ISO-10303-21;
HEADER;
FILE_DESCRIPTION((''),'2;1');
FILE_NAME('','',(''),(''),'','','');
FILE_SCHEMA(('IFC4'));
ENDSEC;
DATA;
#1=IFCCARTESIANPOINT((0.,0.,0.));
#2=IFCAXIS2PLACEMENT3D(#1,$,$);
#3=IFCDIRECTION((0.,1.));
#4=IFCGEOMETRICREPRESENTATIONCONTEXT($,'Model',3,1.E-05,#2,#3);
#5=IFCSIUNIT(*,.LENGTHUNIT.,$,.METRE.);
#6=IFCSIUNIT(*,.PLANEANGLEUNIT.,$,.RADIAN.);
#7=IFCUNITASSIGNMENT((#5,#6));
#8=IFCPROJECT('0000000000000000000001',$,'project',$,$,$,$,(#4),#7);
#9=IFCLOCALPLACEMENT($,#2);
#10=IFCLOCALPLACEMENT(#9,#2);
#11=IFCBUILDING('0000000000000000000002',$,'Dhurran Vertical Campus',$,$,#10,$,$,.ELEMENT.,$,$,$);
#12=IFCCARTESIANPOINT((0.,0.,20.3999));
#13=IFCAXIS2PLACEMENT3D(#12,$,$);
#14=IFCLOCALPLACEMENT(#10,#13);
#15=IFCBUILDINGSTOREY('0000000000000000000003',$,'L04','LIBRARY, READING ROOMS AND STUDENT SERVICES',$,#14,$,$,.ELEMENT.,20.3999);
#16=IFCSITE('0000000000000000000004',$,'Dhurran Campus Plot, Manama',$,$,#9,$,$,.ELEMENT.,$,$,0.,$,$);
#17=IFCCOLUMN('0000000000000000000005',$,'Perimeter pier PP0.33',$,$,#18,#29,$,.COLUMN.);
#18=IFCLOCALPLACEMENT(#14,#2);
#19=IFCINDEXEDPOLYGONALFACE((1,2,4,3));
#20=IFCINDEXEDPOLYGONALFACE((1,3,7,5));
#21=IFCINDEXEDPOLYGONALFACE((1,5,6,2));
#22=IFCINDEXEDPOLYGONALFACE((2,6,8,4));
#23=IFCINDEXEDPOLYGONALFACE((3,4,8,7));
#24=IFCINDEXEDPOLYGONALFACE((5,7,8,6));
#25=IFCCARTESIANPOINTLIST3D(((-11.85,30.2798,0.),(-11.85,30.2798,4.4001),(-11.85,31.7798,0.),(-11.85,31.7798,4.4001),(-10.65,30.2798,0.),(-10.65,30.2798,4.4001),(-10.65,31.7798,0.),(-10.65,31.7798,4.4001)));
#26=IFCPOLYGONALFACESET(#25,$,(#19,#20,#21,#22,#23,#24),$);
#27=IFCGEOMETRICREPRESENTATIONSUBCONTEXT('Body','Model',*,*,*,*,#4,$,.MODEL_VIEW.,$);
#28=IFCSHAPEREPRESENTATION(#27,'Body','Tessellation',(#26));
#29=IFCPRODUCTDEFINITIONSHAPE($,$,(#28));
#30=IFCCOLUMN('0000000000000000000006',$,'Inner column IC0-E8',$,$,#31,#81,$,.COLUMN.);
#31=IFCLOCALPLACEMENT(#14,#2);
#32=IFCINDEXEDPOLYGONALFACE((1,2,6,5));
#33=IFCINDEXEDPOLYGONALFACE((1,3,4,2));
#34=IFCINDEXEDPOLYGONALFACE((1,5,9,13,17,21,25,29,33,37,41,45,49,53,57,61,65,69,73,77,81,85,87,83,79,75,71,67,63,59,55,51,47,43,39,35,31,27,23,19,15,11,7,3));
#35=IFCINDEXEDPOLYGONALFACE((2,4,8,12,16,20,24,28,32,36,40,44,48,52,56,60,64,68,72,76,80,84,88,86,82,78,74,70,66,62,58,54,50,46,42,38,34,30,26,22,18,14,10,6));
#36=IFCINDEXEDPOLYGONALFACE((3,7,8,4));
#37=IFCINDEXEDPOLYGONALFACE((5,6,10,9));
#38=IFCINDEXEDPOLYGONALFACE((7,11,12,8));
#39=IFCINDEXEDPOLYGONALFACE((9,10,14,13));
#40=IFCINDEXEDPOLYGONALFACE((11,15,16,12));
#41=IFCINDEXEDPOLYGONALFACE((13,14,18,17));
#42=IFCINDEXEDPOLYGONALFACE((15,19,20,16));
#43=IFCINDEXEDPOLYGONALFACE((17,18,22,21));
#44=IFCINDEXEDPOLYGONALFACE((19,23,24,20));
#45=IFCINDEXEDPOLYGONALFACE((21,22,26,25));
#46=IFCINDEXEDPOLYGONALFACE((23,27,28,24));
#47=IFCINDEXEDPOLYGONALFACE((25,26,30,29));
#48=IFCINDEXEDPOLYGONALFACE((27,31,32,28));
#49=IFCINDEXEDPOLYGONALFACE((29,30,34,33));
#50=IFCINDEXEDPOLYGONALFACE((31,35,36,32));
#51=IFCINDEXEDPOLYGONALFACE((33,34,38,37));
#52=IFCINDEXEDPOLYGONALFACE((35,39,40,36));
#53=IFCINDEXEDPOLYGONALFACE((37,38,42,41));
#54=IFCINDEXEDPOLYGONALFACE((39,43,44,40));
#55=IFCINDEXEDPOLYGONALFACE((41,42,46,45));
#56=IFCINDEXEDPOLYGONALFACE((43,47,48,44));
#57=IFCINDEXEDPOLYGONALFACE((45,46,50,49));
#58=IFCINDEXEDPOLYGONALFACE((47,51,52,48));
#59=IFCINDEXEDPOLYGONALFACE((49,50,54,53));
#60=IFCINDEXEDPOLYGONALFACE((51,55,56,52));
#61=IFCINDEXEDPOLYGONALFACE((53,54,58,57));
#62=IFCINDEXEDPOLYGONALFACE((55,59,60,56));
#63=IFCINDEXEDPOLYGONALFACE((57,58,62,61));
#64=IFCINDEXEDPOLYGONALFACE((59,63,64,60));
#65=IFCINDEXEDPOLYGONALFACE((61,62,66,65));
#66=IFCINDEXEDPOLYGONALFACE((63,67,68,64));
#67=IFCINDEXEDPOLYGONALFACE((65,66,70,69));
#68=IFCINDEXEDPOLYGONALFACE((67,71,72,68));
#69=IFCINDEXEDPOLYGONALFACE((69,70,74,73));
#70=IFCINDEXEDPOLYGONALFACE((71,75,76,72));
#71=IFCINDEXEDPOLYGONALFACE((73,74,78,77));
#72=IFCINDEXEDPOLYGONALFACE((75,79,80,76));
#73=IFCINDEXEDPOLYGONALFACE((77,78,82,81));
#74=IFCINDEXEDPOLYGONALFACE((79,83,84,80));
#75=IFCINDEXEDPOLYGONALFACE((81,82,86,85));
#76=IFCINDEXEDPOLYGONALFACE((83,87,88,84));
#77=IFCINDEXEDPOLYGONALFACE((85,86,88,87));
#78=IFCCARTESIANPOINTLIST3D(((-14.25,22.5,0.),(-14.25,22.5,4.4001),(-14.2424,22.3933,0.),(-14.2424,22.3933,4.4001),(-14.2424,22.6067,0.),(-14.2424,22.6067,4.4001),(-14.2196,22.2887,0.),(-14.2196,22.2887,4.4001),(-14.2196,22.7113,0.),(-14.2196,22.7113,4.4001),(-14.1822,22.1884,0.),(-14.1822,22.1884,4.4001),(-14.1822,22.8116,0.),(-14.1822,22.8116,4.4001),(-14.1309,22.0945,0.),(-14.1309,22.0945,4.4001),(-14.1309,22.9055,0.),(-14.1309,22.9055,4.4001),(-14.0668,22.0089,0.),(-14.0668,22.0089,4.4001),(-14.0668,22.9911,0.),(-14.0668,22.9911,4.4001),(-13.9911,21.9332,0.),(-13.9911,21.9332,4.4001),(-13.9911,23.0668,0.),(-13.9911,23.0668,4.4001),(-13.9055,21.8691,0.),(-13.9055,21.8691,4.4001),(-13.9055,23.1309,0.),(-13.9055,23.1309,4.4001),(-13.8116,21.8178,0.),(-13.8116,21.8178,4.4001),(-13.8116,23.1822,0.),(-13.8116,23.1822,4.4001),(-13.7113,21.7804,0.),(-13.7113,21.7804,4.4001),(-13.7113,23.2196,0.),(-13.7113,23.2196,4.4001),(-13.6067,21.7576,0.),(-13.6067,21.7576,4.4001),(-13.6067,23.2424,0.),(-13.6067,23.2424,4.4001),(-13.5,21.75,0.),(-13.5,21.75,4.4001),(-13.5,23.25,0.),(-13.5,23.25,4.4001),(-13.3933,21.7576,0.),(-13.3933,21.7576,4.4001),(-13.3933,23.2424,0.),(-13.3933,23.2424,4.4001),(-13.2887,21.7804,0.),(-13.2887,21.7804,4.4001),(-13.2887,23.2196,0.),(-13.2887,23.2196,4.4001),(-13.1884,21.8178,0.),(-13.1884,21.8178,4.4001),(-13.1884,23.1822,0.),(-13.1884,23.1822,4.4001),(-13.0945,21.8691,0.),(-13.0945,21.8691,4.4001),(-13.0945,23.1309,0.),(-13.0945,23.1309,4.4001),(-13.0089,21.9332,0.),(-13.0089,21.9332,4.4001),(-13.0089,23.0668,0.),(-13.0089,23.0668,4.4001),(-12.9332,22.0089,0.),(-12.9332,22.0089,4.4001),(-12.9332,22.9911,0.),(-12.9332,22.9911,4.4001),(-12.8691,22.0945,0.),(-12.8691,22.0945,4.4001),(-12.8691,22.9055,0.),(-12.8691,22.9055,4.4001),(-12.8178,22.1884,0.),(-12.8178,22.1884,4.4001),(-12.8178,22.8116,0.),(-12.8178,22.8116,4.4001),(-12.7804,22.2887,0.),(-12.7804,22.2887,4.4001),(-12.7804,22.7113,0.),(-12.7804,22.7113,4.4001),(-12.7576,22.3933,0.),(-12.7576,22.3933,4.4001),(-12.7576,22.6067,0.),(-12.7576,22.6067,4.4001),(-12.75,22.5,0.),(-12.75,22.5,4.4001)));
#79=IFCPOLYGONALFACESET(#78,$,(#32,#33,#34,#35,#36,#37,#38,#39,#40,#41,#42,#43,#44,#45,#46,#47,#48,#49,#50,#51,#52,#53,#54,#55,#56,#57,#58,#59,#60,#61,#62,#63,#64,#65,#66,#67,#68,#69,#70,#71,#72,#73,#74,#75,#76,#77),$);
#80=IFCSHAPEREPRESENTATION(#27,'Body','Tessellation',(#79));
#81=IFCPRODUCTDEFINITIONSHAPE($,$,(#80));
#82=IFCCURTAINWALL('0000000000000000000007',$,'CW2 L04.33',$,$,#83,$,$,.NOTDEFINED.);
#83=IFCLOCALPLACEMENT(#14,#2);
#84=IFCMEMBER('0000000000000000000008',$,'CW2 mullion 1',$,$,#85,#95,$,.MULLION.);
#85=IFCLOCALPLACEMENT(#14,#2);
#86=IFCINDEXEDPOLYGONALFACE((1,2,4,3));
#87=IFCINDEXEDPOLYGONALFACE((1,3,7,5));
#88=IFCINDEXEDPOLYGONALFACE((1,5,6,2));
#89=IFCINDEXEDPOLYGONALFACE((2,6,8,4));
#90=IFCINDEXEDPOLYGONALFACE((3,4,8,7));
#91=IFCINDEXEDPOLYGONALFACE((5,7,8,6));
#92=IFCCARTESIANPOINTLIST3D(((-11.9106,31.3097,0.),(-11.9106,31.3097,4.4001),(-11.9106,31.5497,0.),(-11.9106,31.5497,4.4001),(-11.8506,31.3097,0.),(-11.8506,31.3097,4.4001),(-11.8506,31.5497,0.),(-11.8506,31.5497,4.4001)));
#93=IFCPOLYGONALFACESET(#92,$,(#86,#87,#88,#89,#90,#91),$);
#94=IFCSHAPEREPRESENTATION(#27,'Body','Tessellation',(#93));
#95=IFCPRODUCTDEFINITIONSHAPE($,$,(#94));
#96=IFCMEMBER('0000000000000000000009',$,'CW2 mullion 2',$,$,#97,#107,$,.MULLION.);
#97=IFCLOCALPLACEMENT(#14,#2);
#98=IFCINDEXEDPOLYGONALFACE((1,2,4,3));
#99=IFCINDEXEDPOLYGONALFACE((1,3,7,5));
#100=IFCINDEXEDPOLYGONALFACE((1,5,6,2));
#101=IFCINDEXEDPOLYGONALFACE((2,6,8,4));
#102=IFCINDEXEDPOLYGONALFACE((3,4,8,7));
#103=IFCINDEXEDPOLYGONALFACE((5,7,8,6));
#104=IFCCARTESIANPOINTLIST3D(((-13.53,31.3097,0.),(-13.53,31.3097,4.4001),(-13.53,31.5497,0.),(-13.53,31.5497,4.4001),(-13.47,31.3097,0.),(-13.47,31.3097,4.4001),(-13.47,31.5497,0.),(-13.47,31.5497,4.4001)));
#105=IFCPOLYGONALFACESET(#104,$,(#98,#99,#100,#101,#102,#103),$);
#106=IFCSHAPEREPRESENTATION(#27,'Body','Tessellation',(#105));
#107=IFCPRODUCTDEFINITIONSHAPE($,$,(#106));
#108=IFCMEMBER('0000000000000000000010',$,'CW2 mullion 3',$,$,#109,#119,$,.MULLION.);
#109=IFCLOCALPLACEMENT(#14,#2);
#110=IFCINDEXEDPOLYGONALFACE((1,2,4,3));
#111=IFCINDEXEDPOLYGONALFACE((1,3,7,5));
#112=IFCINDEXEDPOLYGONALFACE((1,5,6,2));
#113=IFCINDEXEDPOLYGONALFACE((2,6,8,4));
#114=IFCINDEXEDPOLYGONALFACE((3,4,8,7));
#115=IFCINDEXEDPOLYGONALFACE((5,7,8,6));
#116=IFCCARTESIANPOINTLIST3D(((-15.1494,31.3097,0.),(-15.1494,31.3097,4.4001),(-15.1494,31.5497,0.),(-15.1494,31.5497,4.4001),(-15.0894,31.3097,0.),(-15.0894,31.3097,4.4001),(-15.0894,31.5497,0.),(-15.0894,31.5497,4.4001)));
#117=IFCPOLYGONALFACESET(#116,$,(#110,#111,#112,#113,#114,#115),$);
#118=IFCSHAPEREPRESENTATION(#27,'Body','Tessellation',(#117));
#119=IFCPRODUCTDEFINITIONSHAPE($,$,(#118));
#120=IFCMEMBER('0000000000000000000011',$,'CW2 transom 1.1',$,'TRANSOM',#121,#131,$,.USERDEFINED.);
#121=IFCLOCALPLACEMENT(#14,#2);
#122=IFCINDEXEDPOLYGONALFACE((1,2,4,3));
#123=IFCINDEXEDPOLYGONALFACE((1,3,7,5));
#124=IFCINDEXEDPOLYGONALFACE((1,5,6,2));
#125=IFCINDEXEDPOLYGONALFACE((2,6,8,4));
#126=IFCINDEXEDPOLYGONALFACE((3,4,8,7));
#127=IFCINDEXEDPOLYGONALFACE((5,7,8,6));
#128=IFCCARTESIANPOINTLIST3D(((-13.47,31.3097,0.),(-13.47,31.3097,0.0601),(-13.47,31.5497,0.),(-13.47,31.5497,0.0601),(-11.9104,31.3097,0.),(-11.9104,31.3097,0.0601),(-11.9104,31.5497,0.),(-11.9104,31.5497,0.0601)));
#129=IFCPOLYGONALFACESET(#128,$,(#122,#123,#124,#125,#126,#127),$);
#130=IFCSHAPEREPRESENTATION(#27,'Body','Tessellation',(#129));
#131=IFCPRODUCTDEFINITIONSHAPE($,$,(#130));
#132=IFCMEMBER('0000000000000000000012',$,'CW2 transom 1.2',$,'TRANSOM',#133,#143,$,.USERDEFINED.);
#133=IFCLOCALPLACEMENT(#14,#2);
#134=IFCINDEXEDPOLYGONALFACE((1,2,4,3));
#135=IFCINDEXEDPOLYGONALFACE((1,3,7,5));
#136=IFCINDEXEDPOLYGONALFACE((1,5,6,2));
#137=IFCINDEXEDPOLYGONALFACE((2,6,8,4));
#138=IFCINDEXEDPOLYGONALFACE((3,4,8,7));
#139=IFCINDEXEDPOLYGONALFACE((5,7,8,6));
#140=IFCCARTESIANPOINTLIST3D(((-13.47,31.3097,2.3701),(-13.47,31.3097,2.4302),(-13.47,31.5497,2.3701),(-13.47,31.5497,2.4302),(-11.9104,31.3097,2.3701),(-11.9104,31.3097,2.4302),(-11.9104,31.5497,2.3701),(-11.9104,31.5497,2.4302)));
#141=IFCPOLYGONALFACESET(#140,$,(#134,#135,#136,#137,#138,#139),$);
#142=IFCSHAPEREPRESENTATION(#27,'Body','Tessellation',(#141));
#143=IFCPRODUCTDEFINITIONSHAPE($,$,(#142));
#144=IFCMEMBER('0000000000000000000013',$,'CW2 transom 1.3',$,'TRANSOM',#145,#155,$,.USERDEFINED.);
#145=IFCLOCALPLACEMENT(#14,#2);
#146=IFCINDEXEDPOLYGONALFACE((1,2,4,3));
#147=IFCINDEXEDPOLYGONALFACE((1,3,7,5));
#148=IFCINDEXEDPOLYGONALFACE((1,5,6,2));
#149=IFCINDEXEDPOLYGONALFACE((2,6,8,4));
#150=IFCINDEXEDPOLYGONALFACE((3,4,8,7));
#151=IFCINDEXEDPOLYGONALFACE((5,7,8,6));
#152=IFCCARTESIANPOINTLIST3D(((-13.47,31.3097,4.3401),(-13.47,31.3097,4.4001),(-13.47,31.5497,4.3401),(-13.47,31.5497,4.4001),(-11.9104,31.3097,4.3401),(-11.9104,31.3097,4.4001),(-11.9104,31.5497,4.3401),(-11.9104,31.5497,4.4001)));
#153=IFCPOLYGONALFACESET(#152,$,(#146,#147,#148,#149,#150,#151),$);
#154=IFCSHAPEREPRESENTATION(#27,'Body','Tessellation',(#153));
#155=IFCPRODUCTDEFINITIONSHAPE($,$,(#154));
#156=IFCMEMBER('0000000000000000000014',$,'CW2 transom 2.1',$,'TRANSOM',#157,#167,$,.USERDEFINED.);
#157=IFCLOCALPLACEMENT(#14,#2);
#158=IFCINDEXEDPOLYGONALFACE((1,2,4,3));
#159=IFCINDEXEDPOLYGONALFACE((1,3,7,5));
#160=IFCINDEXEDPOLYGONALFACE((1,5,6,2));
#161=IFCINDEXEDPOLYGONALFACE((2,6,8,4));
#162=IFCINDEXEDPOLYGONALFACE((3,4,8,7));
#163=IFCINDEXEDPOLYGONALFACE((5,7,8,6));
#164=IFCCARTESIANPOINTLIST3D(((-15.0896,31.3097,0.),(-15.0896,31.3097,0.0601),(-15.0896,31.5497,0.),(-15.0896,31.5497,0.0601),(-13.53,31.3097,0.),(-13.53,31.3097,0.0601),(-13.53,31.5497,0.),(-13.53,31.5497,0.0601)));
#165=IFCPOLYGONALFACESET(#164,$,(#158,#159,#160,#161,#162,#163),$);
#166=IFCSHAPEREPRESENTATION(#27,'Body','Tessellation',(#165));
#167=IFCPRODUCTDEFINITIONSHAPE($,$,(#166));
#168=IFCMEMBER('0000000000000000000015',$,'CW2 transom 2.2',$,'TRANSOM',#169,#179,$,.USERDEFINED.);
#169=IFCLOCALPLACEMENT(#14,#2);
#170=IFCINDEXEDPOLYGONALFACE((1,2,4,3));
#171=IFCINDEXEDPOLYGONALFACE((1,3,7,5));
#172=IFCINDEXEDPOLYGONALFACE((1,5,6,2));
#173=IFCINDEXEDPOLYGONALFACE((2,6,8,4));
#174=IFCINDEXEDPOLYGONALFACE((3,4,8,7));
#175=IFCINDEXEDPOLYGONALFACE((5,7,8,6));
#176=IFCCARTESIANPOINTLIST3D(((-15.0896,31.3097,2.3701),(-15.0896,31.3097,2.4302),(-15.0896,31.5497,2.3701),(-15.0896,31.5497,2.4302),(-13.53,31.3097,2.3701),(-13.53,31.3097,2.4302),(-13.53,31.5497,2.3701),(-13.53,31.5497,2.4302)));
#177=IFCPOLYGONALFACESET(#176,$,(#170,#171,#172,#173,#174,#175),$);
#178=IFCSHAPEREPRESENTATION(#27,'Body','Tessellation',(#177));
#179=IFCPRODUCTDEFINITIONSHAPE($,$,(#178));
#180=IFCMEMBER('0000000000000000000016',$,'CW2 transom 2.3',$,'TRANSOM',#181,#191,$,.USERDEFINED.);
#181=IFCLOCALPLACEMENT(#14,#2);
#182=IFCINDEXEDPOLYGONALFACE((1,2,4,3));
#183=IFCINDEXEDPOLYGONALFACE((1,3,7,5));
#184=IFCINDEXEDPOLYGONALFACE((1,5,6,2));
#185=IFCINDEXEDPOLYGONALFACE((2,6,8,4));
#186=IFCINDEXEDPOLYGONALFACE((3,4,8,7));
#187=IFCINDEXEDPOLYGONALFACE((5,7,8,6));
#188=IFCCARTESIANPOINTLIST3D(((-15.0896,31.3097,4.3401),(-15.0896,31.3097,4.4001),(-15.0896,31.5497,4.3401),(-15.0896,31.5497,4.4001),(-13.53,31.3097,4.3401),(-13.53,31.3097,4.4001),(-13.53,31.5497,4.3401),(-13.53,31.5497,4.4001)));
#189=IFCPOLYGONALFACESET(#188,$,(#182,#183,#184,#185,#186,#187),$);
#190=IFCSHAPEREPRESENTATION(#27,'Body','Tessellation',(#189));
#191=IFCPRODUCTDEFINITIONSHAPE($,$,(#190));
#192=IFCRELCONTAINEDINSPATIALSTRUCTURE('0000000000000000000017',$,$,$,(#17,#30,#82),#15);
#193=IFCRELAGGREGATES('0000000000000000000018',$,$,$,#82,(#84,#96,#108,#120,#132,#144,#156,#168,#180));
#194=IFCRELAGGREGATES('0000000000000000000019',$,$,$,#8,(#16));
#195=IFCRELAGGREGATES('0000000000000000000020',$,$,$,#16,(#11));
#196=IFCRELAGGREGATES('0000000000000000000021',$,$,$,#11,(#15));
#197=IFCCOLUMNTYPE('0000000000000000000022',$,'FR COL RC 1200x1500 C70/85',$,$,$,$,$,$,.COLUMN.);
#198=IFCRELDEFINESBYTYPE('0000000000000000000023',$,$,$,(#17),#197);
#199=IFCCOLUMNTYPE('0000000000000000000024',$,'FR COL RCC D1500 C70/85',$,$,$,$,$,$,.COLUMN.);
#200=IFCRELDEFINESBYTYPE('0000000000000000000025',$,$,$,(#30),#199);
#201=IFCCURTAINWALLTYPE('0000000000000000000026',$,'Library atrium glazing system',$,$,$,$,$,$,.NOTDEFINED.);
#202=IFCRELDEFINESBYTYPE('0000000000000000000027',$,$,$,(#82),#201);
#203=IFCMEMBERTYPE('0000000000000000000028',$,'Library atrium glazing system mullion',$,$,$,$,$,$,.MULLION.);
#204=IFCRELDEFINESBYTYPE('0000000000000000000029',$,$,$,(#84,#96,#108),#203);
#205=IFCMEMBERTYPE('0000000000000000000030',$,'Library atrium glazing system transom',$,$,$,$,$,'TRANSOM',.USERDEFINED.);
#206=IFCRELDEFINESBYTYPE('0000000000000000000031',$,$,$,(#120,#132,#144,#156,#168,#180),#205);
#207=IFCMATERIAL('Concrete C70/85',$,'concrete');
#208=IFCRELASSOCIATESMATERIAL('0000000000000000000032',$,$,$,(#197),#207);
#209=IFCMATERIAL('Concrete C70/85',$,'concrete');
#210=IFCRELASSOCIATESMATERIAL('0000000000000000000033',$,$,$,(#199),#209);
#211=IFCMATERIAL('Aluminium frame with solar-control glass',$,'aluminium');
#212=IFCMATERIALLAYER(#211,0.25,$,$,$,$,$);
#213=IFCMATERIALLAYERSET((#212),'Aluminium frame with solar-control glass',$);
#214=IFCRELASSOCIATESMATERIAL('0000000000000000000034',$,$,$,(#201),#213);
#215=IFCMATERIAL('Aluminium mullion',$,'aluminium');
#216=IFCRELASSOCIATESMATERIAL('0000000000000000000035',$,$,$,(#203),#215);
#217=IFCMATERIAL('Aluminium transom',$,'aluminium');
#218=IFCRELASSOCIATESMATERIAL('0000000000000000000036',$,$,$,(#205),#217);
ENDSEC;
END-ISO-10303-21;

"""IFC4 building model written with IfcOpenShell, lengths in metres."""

from ifc_helpers import new_model, si_unit, direction, frame, origin, origin_2d, place, context, subcontext, project, spatial, rectangle, circle, extrude, material, layer, layer_set, material_profile, profile_set, type_object, element, aggregate, save


model = new_model("IFC4")

# Units and contexts
model_context = context("Model", 3, precision=1e-05, world=origin(), true_north=direction((0.0, 1.0)))
body_context = subcontext(model_context, "Body", "Model", "MODEL_VIEW")
ifc_project = project(units=[si_unit("LENGTHUNIT", "METRE"), si_unit("PLANEANGLEUNIT", "RADIAN")], contexts=[model_context])

# Site, building, storey
site_placement = place(None, origin())
site = spatial("IfcSite", under=ifc_project, at=site_placement, Name="Dhurran Campus Plot, Manama", CompositionType="ELEMENT", RefElevation=0.0)
building_placement = place(site_placement, origin())
building = spatial("IfcBuilding", under=site, at=building_placement, Name="Dhurran Vertical Campus", CompositionType="ELEMENT")
storey_placement = place(building_placement, frame((0.0, 0.0, 20.3999)))
storey = spatial("IfcBuildingStorey", under=building, at=storey_placement, Name="L04", Description="LIBRARY, READING ROOMS AND STUDENT SERVICES", CompositionType="ELEMENT", Elevation=20.3999)

# Columns
ifc_material_1 = material(Name="Concrete C70/85", Category="concrete")
ifc_material_profile_1 = material_profile(ifc_material_1, rectangle(XDim=1.2, YDim=1.5, at=origin_2d()), Name="RC 1200x1500")
ifc_profile_set_1 = profile_set([ifc_material_profile_1], Name="Concrete C70/85")
column_type_1 = type_object("IfcColumnType", Name="FR COL RC 1200x1500 C70/85", PredefinedType="COLUMN", material=ifc_profile_set_1)
column_1_placement = place(storey_placement, frame((-11.25, 31.0298, 0.0), z_axis=(0.0, 0.0, 1.0), x_axis=(-1.0, 0.0, 0.0)))
element("IfcColumn", 1, at=column_1_placement, inside=storey, type_object=column_type_1, Name="Perimeter pier PP0.33", PredefinedType="COLUMN", context=body_context, shape_type="SweptSolid", body=[
    extrude(rectangle(XDim=1.2, YDim=1.5, at=origin_2d()), origin(), (0.0, 0.0, 1.0), 4.4001),
])
ifc_material_2 = material(Name="Concrete C70/85", Category="concrete")
ifc_material_profile_2 = material_profile(ifc_material_2, circle(Radius=0.75, at=origin_2d()), Name="RCC D1500")
ifc_profile_set_2 = profile_set([ifc_material_profile_2], Name="Concrete C70/85")
column_type_2 = type_object("IfcColumnType", Name="FR COL RCC D1500 C70/85", PredefinedType="COLUMN", material=ifc_profile_set_2)
column_2_placement = place(storey_placement, frame((-13.5, 22.5, 0.0), z_axis=(0.0, 0.0, 1.0), x_axis=(1.0, 0.0, 0.0)))
element("IfcColumn", 2, at=column_2_placement, inside=storey, type_object=column_type_2, Name="Inner column IC0-E8", PredefinedType="COLUMN", context=body_context, shape_type="SweptSolid", body=[
    extrude(circle(Radius=0.75, at=origin_2d()), origin(), (0.0, 0.0, 1.0), 4.4001),
])

# Curtain wall, members
ifc_material_3 = material(Name="Aluminium frame with solar-control glass", Category="aluminium")
ifc_layer_1 = layer(ifc_material_3, 0.25)
ifc_layer_set_1 = layer_set([ifc_layer_1], Name="Aluminium frame with solar-control glass")
curtain_wall_type = type_object("IfcCurtainWallType", Name="Library atrium glazing system", PredefinedType="NOTDEFINED", material=ifc_layer_set_1)
curtain_wall_placement = place(storey_placement, origin())
curtain_wall = element("IfcCurtainWall", 3, at=curtain_wall_placement, inside=storey, type_object=curtain_wall_type, Name="CW2 L04.33", PredefinedType="NOTDEFINED")
ifc_material_4 = material(Name="Aluminium mullion", Category="aluminium")
ifc_material_profile_3 = material_profile(ifc_material_4, rectangle(XDim=0.24, YDim=0.0601, at=origin_2d()), Name="Library atrium glazing system mullion")
ifc_profile_set_3 = profile_set([ifc_material_profile_3], Name="Aluminium mullion")
member_type_1 = type_object("IfcMemberType", Name="Library atrium glazing system mullion", PredefinedType="MULLION", material=ifc_profile_set_3)
member_1_placement = place(storey_placement, frame((-11.8806, 31.4297, 0.0), z_axis=(0.0, 0.0, 1.0), x_axis=(0.0, -1.0, 0.0)))
member_1 = element("IfcMember", 4, at=member_1_placement, type_object=member_type_1, Name="CW2 mullion 1", PredefinedType="MULLION", context=body_context, shape_type="SweptSolid", body=[
    extrude(rectangle(XDim=0.24, YDim=0.0601, at=origin_2d()), origin(), (0.0, 0.0, 1.0), 4.4001),
])
member_2_placement = place(storey_placement, frame((-13.5, 31.4297, 0.0), z_axis=(0.0, 0.0, 1.0), x_axis=(0.0, -1.0, 0.0)))
member_2 = element("IfcMember", 5, at=member_2_placement, type_object=member_type_1, Name="CW2 mullion 2", PredefinedType="MULLION", context=body_context, shape_type="SweptSolid", body=[
    extrude(rectangle(XDim=0.24, YDim=0.0601, at=origin_2d()), origin(), (0.0, 0.0, 1.0), 4.4001),
])
member_3_placement = place(storey_placement, frame((-15.1194, 31.4297, 0.0), z_axis=(0.0, 0.0, 1.0), x_axis=(0.0, -1.0, 0.0)))
member_3 = element("IfcMember", 6, at=member_3_placement, type_object=member_type_1, Name="CW2 mullion 3", PredefinedType="MULLION", context=body_context, shape_type="SweptSolid", body=[
    extrude(rectangle(XDim=0.24, YDim=0.0601, at=origin_2d()), origin(), (0.0, 0.0, 1.0), 4.4001),
])
ifc_material_5 = material(Name="Aluminium transom", Category="aluminium")
ifc_material_profile_4 = material_profile(ifc_material_5, rectangle(XDim=0.24, YDim=0.0601, at=origin_2d()), Name="Library atrium glazing system transom")
ifc_profile_set_4 = profile_set([ifc_material_profile_4], Name="Aluminium transom")
member_type_2 = type_object("IfcMemberType", Name="Library atrium glazing system transom", ElementType="TRANSOM", PredefinedType="USERDEFINED", material=ifc_profile_set_4)
member_4_placement = place(storey_placement, frame((-11.9104, 31.4297, 0.03), z_axis=(-1.0, 0.0, 0.0), x_axis=(0.0, -1.0, 0.0)))
member_4 = element("IfcMember", 7, at=member_4_placement, type_object=member_type_2, Name="CW2 transom 1.1", ObjectType="TRANSOM", PredefinedType="USERDEFINED", context=body_context, shape_type="SweptSolid", body=[
    extrude(rectangle(XDim=0.24, YDim=0.0601, at=origin_2d()), origin(), (0.0, 0.0, 1.0), 1.5596),
])
member_5_placement = place(storey_placement, frame((-11.9104, 31.4297, 2.4001), z_axis=(-1.0, 0.0, 0.0), x_axis=(0.0, -1.0, 0.0)))
member_5 = element("IfcMember", 8, at=member_5_placement, type_object=member_type_2, Name="CW2 transom 1.2", ObjectType="TRANSOM", PredefinedType="USERDEFINED", context=body_context, shape_type="SweptSolid", body=[
    extrude(rectangle(XDim=0.24, YDim=0.0601, at=origin_2d()), origin(), (0.0, 0.0, 1.0), 1.5596),
])
member_6_placement = place(storey_placement, frame((-11.9104, 31.4297, 4.3701), z_axis=(-1.0, 0.0, 0.0), x_axis=(0.0, -1.0, 0.0)))
member_6 = element("IfcMember", 9, at=member_6_placement, type_object=member_type_2, Name="CW2 transom 1.3", ObjectType="TRANSOM", PredefinedType="USERDEFINED", context=body_context, shape_type="SweptSolid", body=[
    extrude(rectangle(XDim=0.24, YDim=0.0601, at=origin_2d()), origin(), (0.0, 0.0, 1.0), 1.5596),
])
member_7_placement = place(storey_placement, frame((-13.53, 31.4297, 0.03), z_axis=(-1.0, 0.0, 0.0), x_axis=(0.0, -1.0, 0.0)))
member_7 = element("IfcMember", 10, at=member_7_placement, type_object=member_type_2, Name="CW2 transom 2.1", ObjectType="TRANSOM", PredefinedType="USERDEFINED", context=body_context, shape_type="SweptSolid", body=[
    extrude(rectangle(XDim=0.24, YDim=0.0601, at=origin_2d()), origin(), (0.0, 0.0, 1.0), 1.5596),
])
member_8_placement = place(storey_placement, frame((-13.53, 31.4297, 2.4001), z_axis=(-1.0, 0.0, 0.0), x_axis=(0.0, -1.0, 0.0)))
member_8 = element("IfcMember", 11, at=member_8_placement, type_object=member_type_2, Name="CW2 transom 2.2", ObjectType="TRANSOM", PredefinedType="USERDEFINED", context=body_context, shape_type="SweptSolid", body=[
    extrude(rectangle(XDim=0.24, YDim=0.0601, at=origin_2d()), origin(), (0.0, 0.0, 1.0), 1.5596),
])
member_9_placement = place(storey_placement, frame((-13.53, 31.4297, 4.3701), z_axis=(-1.0, 0.0, 0.0), x_axis=(0.0, -1.0, 0.0)))
member_9 = element("IfcMember", 12, at=member_9_placement, type_object=member_type_2, Name="CW2 transom 2.3", ObjectType="TRANSOM", PredefinedType="USERDEFINED", context=body_context, shape_type="SweptSolid", body=[
    extrude(rectangle(XDim=0.24, YDim=0.0601, at=origin_2d()), origin(), (0.0, 0.0, 1.0), 1.5596),
])
aggregate(curtain_wall, [member_1, member_2, member_3, member_4, member_5, member_6, member_7, member_8, member_9])

save(model, "model.ifc")
